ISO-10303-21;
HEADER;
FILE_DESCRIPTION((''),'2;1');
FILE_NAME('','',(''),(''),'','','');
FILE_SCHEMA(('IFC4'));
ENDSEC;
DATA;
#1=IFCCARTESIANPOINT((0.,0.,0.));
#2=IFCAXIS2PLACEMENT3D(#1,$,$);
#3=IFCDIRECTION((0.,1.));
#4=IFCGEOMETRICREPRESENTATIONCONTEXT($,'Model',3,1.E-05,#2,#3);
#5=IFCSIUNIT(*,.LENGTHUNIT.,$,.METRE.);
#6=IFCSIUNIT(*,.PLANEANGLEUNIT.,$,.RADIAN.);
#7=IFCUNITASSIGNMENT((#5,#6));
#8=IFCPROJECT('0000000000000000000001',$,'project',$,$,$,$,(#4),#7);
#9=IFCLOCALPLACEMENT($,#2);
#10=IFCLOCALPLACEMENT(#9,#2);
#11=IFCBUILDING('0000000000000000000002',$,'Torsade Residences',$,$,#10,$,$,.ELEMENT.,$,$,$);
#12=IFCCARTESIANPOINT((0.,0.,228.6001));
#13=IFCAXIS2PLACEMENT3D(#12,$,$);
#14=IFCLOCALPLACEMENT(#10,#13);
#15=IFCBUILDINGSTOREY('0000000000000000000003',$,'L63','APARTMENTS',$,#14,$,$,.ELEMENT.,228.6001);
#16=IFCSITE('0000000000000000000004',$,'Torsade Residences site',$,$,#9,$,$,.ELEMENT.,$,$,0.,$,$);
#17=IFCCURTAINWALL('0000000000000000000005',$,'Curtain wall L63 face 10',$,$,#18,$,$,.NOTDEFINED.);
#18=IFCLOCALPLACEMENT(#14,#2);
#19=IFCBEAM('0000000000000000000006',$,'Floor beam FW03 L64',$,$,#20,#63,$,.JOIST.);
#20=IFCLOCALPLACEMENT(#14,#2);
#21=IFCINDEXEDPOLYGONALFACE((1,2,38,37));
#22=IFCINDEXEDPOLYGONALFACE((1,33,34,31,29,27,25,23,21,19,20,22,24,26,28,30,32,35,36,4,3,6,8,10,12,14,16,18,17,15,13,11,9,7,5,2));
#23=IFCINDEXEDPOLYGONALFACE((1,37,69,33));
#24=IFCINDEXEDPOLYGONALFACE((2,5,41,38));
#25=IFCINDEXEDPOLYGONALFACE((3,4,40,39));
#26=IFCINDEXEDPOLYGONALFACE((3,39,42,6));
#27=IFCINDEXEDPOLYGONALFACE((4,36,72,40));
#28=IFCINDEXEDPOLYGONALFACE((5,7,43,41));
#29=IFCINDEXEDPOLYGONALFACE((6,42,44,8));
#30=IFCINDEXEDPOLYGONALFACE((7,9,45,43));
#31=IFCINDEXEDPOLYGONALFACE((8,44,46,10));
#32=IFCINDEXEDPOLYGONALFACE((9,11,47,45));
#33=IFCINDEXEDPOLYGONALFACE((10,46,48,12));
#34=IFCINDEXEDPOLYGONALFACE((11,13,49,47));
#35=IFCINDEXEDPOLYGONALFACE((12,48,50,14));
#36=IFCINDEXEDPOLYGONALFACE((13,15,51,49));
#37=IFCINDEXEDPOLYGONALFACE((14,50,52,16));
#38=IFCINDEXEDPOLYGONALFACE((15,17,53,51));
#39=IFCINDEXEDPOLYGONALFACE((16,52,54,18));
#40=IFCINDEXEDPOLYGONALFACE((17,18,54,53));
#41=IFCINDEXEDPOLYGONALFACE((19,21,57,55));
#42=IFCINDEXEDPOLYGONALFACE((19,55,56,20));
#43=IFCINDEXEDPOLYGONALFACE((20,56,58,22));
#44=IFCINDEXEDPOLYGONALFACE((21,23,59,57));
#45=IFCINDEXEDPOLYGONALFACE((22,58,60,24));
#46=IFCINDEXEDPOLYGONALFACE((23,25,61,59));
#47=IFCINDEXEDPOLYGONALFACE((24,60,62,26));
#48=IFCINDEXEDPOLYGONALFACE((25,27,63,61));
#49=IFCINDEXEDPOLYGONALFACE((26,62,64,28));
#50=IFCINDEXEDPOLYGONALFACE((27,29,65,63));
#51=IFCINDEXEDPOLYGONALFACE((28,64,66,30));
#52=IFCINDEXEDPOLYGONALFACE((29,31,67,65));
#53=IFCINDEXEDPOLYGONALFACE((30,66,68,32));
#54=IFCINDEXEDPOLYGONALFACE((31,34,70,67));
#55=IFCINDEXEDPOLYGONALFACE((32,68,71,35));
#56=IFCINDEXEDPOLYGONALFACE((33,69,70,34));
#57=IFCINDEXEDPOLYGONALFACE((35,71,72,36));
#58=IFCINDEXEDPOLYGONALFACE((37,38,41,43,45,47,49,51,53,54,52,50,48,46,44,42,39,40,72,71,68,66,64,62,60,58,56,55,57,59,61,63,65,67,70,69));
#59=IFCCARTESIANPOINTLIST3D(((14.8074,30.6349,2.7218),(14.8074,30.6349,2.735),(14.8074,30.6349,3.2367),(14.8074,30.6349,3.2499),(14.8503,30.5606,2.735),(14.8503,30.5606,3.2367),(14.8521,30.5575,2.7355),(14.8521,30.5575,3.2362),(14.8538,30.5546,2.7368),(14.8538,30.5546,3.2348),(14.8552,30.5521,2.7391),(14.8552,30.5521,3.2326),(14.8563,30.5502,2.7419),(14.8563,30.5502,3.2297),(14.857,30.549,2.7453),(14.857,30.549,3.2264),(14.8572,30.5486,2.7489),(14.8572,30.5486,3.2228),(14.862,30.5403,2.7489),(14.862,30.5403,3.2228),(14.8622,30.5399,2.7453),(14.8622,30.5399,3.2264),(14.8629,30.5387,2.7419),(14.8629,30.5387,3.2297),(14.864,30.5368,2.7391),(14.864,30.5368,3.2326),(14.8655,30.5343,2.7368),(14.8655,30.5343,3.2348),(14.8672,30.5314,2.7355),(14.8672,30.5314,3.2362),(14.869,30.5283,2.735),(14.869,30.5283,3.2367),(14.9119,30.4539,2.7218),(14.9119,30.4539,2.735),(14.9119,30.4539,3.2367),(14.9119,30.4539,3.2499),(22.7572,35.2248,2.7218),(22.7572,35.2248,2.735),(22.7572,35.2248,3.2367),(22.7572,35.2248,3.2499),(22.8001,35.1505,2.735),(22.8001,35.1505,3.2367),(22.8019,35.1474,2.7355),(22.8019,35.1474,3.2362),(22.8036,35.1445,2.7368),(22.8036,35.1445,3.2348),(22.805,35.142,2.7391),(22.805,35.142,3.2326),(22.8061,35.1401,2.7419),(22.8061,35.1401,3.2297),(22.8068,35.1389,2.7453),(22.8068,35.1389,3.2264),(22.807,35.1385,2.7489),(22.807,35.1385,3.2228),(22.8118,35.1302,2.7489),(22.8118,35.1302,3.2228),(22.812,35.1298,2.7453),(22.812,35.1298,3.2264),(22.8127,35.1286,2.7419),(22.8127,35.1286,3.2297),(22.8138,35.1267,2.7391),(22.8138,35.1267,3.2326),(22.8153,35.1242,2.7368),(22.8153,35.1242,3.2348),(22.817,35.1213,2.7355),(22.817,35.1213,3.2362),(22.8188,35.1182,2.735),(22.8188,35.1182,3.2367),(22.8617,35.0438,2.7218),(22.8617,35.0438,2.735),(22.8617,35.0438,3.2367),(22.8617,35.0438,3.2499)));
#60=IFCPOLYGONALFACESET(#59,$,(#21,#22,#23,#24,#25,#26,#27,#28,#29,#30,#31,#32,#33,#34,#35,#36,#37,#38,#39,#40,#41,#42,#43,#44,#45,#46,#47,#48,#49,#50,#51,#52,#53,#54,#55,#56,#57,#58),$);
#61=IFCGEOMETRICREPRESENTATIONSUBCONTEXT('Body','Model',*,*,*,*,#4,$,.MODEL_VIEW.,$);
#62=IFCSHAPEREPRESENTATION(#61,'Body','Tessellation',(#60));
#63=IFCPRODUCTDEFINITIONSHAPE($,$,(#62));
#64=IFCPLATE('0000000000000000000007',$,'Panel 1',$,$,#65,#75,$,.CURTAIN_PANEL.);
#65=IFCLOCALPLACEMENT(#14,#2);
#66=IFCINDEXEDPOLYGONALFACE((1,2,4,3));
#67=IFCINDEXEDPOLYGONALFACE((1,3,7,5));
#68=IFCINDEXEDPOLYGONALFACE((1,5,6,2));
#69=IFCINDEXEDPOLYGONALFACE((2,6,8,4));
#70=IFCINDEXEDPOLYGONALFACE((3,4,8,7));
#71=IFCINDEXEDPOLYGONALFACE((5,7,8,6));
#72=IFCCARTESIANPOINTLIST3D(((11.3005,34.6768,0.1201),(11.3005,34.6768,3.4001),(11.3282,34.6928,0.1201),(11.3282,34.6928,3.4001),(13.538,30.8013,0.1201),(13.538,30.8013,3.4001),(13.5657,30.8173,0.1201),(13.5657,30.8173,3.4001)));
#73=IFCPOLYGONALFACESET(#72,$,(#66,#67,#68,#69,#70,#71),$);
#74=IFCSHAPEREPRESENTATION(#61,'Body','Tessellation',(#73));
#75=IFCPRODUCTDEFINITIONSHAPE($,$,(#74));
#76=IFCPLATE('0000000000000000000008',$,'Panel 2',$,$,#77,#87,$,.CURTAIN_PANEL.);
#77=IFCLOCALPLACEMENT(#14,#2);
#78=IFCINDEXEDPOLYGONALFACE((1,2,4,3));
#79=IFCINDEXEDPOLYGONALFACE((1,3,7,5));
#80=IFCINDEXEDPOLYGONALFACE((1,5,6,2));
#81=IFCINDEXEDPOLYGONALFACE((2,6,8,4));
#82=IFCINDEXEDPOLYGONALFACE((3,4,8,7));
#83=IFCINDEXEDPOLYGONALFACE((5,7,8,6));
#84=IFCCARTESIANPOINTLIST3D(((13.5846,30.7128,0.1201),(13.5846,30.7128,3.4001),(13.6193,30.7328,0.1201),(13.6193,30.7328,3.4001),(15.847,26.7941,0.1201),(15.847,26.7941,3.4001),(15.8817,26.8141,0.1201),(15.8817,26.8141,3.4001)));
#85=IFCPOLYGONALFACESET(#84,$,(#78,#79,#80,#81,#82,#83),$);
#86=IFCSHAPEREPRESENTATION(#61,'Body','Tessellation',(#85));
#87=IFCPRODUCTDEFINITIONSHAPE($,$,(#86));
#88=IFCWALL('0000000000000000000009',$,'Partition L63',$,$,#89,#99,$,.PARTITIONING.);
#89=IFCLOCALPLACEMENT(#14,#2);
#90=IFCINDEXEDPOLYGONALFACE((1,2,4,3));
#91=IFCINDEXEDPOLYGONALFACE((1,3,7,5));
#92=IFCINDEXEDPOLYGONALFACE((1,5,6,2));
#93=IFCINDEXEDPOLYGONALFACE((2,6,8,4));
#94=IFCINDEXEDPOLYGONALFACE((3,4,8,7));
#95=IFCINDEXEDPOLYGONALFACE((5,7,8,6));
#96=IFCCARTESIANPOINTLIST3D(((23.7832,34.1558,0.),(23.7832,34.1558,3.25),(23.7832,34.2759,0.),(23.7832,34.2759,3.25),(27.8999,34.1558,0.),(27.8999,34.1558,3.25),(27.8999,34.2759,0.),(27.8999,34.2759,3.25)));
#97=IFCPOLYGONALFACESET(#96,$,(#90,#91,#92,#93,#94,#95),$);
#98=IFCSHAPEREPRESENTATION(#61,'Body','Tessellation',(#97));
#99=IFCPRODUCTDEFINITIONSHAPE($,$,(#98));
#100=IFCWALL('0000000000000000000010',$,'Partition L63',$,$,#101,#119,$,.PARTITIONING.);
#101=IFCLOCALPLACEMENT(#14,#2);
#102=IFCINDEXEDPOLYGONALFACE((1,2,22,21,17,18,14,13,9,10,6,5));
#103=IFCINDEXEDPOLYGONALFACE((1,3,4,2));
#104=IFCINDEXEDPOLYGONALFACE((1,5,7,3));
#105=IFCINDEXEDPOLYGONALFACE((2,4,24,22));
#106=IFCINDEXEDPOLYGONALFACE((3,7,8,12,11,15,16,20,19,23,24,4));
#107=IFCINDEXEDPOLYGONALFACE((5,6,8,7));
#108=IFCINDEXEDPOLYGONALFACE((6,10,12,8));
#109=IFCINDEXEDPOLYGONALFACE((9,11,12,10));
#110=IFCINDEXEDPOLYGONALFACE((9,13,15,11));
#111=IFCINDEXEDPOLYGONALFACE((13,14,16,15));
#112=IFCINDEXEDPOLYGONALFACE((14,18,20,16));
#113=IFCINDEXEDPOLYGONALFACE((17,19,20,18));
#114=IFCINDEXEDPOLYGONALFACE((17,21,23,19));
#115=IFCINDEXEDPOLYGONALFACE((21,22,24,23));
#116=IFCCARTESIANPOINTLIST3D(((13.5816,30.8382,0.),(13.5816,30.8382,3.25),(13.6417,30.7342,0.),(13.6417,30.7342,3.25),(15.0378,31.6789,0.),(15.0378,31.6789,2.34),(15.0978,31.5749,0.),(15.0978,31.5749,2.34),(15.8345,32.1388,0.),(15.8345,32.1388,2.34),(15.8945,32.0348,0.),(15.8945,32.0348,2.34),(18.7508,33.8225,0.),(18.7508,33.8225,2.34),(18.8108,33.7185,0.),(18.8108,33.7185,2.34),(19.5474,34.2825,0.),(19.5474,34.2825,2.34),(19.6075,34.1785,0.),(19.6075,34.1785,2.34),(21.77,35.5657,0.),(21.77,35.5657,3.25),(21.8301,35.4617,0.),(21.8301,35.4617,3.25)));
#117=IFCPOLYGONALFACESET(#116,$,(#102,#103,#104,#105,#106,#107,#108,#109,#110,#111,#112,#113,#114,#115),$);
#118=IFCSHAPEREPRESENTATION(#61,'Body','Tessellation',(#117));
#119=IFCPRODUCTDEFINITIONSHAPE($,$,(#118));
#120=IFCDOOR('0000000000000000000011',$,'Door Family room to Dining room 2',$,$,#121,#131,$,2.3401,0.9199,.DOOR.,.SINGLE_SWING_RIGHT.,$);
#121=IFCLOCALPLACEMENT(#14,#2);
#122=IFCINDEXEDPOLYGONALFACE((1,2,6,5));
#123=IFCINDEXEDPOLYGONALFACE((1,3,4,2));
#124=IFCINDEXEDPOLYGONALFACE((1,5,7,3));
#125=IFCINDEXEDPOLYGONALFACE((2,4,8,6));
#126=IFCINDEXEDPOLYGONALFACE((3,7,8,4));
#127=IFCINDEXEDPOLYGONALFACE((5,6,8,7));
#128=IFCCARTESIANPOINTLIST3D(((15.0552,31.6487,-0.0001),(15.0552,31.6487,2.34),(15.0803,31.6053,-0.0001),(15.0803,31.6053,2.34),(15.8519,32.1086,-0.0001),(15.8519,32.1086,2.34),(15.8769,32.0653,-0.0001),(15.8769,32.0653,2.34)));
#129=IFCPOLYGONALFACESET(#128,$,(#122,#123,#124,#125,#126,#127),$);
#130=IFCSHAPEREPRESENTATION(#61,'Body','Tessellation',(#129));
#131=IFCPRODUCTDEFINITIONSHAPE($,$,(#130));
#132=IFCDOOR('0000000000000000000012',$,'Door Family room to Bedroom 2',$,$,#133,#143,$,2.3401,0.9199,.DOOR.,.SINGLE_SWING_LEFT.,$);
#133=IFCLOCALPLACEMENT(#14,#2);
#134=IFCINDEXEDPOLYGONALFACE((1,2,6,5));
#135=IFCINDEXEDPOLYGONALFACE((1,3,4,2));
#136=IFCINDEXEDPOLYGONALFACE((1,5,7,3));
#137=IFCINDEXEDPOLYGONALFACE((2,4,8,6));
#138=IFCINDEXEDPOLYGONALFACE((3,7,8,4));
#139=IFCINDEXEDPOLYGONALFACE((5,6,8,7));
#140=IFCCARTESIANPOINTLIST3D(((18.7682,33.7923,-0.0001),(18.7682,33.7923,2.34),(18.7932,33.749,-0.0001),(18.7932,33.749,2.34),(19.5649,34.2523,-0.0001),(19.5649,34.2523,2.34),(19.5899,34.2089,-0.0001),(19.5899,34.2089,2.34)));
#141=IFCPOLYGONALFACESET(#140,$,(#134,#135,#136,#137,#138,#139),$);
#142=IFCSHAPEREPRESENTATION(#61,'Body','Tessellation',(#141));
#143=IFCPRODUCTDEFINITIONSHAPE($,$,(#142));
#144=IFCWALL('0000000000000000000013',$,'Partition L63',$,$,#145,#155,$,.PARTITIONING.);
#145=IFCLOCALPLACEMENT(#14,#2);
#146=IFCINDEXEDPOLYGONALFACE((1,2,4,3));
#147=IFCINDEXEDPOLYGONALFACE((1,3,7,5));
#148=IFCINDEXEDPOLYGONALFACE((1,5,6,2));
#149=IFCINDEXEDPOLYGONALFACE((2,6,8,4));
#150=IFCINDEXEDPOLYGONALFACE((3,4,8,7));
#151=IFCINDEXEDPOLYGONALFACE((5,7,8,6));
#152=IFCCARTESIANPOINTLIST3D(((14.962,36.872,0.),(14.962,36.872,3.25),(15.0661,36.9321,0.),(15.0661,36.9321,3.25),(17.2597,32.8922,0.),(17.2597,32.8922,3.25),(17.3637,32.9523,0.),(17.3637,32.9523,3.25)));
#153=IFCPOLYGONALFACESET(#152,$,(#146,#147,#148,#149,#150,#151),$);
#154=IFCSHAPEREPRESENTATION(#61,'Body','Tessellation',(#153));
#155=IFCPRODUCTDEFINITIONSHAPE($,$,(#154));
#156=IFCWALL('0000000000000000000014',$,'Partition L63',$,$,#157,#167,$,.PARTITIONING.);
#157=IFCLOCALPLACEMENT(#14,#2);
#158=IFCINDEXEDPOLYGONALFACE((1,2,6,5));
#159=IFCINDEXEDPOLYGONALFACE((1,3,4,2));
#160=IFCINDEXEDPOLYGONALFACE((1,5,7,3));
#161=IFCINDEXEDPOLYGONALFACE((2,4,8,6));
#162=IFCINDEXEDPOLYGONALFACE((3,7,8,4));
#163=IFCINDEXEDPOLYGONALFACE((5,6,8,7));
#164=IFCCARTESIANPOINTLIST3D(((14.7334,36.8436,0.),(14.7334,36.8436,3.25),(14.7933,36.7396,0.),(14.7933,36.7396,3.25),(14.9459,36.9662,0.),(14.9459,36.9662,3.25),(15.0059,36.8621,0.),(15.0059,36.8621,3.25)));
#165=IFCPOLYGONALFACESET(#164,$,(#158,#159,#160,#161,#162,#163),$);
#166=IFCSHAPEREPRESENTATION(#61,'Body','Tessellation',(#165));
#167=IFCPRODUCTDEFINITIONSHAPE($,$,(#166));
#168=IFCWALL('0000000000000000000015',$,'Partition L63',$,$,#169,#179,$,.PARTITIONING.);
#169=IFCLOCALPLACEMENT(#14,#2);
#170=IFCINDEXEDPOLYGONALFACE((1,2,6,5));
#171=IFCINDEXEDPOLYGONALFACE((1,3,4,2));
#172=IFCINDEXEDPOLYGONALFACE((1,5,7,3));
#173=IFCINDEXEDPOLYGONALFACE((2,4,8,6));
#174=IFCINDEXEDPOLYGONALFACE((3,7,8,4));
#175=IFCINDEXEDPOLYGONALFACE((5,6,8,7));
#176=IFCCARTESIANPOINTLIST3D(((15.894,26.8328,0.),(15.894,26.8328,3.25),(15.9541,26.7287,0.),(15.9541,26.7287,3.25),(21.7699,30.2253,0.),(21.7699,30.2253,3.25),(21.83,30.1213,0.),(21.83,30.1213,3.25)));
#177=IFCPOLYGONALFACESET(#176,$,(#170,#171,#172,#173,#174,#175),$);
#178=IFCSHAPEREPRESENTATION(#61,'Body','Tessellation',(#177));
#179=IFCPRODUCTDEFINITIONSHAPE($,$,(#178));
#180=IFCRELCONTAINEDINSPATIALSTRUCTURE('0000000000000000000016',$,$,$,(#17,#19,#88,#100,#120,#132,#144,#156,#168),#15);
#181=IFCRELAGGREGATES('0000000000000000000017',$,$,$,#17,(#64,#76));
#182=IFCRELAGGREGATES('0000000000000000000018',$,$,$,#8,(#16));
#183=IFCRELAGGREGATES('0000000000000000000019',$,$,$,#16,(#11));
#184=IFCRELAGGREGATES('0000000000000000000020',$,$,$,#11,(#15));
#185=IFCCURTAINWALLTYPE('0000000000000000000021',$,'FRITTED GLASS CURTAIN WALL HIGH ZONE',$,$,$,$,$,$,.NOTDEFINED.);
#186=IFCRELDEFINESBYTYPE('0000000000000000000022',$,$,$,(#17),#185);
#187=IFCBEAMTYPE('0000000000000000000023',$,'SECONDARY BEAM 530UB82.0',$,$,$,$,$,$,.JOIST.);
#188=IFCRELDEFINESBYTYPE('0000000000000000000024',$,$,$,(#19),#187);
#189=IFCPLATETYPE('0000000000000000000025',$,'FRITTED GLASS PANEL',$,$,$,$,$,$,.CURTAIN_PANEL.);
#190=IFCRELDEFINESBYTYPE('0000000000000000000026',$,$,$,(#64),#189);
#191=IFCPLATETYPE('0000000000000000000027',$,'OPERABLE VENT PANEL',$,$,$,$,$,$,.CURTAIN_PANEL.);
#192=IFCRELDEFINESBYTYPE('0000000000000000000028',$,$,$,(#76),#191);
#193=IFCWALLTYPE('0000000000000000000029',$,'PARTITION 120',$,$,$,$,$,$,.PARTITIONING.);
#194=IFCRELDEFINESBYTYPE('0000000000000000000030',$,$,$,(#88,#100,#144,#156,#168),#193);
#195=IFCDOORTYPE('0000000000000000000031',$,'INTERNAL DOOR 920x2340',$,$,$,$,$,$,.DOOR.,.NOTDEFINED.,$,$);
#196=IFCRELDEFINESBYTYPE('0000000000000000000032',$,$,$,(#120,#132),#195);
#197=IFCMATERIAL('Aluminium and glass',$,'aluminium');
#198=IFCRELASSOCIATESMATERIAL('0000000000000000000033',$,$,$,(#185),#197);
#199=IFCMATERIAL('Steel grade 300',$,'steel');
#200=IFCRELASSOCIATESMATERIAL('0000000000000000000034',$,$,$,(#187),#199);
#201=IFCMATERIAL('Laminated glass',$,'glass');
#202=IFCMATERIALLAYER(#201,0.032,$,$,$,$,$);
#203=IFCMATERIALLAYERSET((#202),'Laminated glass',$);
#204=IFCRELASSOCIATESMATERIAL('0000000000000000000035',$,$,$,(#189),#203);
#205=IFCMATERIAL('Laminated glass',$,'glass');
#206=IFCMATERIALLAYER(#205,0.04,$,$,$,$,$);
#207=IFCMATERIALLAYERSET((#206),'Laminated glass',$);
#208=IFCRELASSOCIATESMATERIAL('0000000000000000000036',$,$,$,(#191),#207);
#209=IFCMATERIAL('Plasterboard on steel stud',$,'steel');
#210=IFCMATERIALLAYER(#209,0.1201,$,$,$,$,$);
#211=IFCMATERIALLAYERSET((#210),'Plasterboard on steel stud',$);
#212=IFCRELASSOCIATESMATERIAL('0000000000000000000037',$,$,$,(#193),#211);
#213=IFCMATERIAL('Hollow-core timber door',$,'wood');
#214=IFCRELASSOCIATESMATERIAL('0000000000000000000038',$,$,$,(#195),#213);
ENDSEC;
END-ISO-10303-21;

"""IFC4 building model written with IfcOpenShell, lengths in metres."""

from ifc_helpers import new_model, si_unit, direction, frame, frame_2d, origin, origin_2d, place, context, subcontext, project, spatial, rectangle, i_section, extrude, material, layer, layer_set, material_profile, profile_set, type_object, element, fill, aggregate, save


model = new_model("IFC4")

# Units and contexts
model_context = context("Model", 3, precision=1e-05, world=origin(), true_north=direction((0.0, 1.0)))
body_context = subcontext(model_context, "Body", "Model", "MODEL_VIEW")
ifc_project = project(units=[si_unit("LENGTHUNIT", "METRE"), si_unit("PLANEANGLEUNIT", "RADIAN")], contexts=[model_context])

# Site, building, storey
site_placement = place(None, origin())
site = spatial("IfcSite", under=ifc_project, at=site_placement, Name="Torsade Residences site", CompositionType="ELEMENT", RefElevation=0.0)
building_placement = place(site_placement, origin())
building = spatial("IfcBuilding", under=site, at=building_placement, Name="Torsade Residences", CompositionType="ELEMENT")
storey_placement = place(building_placement, frame((0.0, 0.0, 228.6001)))
storey = spatial("IfcBuildingStorey", under=building, at=storey_placement, Name="L63", Description="APARTMENTS", CompositionType="ELEMENT", Elevation=228.6001)

# Curtain wall
ifc_material_1 = material(Name="Aluminium and glass", Category="aluminium")
curtain_wall_type = type_object("IfcCurtainWallType", Name="FRITTED GLASS CURTAIN WALL HIGH ZONE", PredefinedType="NOTDEFINED", material=ifc_material_1)
curtain_wall_placement = place(storey_placement, origin())
curtain_wall = element("IfcCurtainWall", 1, at=curtain_wall_placement, inside=storey, type_object=curtain_wall_type, Name="Curtain wall L63 face 10", PredefinedType="NOTDEFINED")

# Beam
ifc_material_2 = material(Name="Steel grade 300", Category="steel")
ifc_material_profile_1 = material_profile(ifc_material_2, i_section(OverallWidth=0.209, OverallDepth=0.5281, WebThickness=0.0095, FlangeThickness=0.0132, FilletRadius=0.0139, at=origin_2d()), Name="530UB82.0")
ifc_profile_set_1 = profile_set([ifc_material_profile_1], Name="Steel grade 300")
beam_type_1 = type_object("IfcBeamType", Name="SECONDARY BEAM 530UB82.0", PredefinedType="JOIST", material=ifc_profile_set_1)
beam_1_placement = place(storey_placement, frame((14.8596, 30.5444, 2.9858), z_axis=(0.866022, 0.500006, 0.0), x_axis=(-0.500006, 0.866022, 0.0)))
element("IfcBeam", 2, at=beam_1_placement, inside=storey, type_object=beam_type_1, Name="Floor beam FW03 L64", PredefinedType="JOIST", context=body_context, shape_type="SweptSolid", body=[
    extrude(i_section(OverallWidth=0.209, OverallDepth=0.5281, WebThickness=0.0095, FlangeThickness=0.0132, FilletRadius=0.0139, at=origin_2d()), origin(), (0.0, 0.0, 1.0), 9.1797),
])

# Plates
ifc_material_3 = material(Name="Laminated glass", Category="glass")
ifc_layer_1 = layer(ifc_material_3, 0.032)
ifc_layer_set_1 = layer_set([ifc_layer_1], Name="Laminated glass")
plate_type_1 = type_object("IfcPlateType", Name="FRITTED GLASS PANEL", PredefinedType="CURTAIN_PANEL", material=ifc_layer_set_1)
plate_1_placement = place(storey_placement, frame((12.4331, 32.7471, 0.1201), z_axis=(0.0, 0.0, 1.0), x_axis=(0.5, -0.866025, 0.0)))
plate_1 = element("IfcPlate", 3, at=plate_1_placement, type_object=plate_type_1, Name="Panel 1", PredefinedType="CURTAIN_PANEL", context=body_context, shape_type="SweptSolid", body=[
    extrude(rectangle(XDim=4.4751, YDim=0.032, at=origin_2d()), origin(), (0.0, 0.0, 1.0), 3.28),
])
ifc_material_4 = material(Name="Laminated glass", Category="glass")
ifc_layer_2 = layer(ifc_material_4, 0.04)
ifc_layer_set_2 = layer_set([ifc_layer_2], Name="Laminated glass")
plate_type_2 = type_object("IfcPlateType", Name="OPERABLE VENT PANEL", PredefinedType="CURTAIN_PANEL", material=ifc_layer_set_2)
plate_2_placement = place(storey_placement, frame((14.7332, 28.7634, 0.1201), z_axis=(0.0, 0.0, 1.0), x_axis=(0.5, -0.866025, 0.0)))
plate_2 = element("IfcPlate", 4, at=plate_2_placement, type_object=plate_type_2, Name="Panel 2", PredefinedType="CURTAIN_PANEL", context=body_context, shape_type="SweptSolid", body=[
    extrude(rectangle(XDim=4.5249, YDim=0.04, at=origin_2d()), origin(), (0.0, 0.0, 1.0), 3.28),
])
aggregate(curtain_wall, [plate_1, plate_2])

# Wall
ifc_material_5 = material(Name="Plasterboard on steel stud", Category="steel")
ifc_layer_3 = layer(ifc_material_5, 0.1201)
ifc_layer_set_3 = layer_set([ifc_layer_3], Name="Plasterboard on steel stud")
wall_type_1 = type_object("IfcWallType", Name="PARTITION 120", PredefinedType="PARTITIONING", material=ifc_layer_set_3)
wall_1_placement = place(storey_placement, frame((23.7832, 34.2158, 0.0), z_axis=(0.0, 0.0, 1.0), x_axis=(1.0, 0.0, 0.0)))
element("IfcWall", 5, at=wall_1_placement, inside=storey, type_object=wall_type_1, Name="Partition L63", PredefinedType="PARTITIONING", context=body_context, shape_type="SweptSolid", body=[
    extrude(rectangle(XDim=4.1167, YDim=0.1201, at=frame_2d((2.0583, 0.0))), origin(), (0.0, 0.0, 1.0), 3.25),
])

# Wall, openings, doors
wall_2_placement = place(storey_placement, frame((21.8, 35.5137, 0.0), z_axis=(0.0, 0.0, 1.0), x_axis=(-0.866029, -0.499994, 0.0)))
wall_2 = element("IfcWall", 6, at=wall_2_placement, inside=storey, type_object=wall_type_1, Name="Partition L63", PredefinedType="PARTITIONING", context=body_context, shape_type="SweptSolid", body=[
    extrude(rectangle(XDim=9.4551, YDim=0.1201, at=frame_2d((4.7275, 0.0))), origin(), (0.0, 0.0, 1.0), 3.25),
])
opening_1_placement = place(wall_2_placement, frame((6.8538, 0.0, 0.0)))
opening_1 = element("IfcOpeningElement", 7, at=opening_1_placement, cuts=wall_2, PredefinedType="OPENING", context=body_context, shape_type="SweptSolid", body=[
    extrude(rectangle(XDim=0.9199, YDim=2.3401, at=frame_2d((0.46, 1.1699))), frame((0.0, 0.0701, 0.0), z_axis=(0.0, -1.0, 0.0), x_axis=(1.0, 0.0, 0.0)), (0.0, 0.0, 1.0), 0.1401),
])
opening_2_placement = place(wall_2_placement, frame((2.5664, 0.0, 0.0)))
opening_2 = element("IfcOpeningElement", 8, at=opening_2_placement, cuts=wall_2, PredefinedType="OPENING", context=body_context, shape_type="SweptSolid", body=[
    extrude(rectangle(XDim=0.9199, YDim=2.3401, at=frame_2d((0.46, 1.1699))), frame((0.0, 0.0701, 0.0), z_axis=(0.0, -1.0, 0.0), x_axis=(1.0, 0.0, 0.0)), (0.0, 0.0, 1.0), 0.1401),
])
ifc_material_6 = material(Name="Hollow-core timber door", Category="wood")
door_type = type_object("IfcDoorType", Name="INTERNAL DOOR 920x2340", OperationType="NOTDEFINED", PredefinedType="DOOR", material=ifc_material_6)
door_1_placement = place(opening_1_placement, origin())
door_1 = element("IfcDoor", 9, at=door_1_placement, inside=storey, type_object=door_type, Name="Door Family room to Dining room 2", OperationType="SINGLE_SWING_RIGHT", OverallHeight=2.3401, OverallWidth=0.9199, PredefinedType="DOOR", context=body_context, shape_type="SweptSolid", body=[
    extrude(rectangle(XDim=0.9199, YDim=2.3401, at=frame_2d((0.46, 1.1699))), frame((0.0, 0.0249, 0.0), z_axis=(0.0, -1.0, 0.0), x_axis=(1.0, 0.0, 0.0)), (0.0, 0.0, 1.0), 0.05),
])
fill(opening_1, door_1)
door_2_placement = place(opening_2_placement, origin())
door_2 = element("IfcDoor", 10, at=door_2_placement, inside=storey, type_object=door_type, Name="Door Family room to Bedroom 2", OperationType="SINGLE_SWING_LEFT", OverallHeight=2.3401, OverallWidth=0.9199, PredefinedType="DOOR", context=body_context, shape_type="SweptSolid", body=[
    extrude(rectangle(XDim=0.9199, YDim=2.3401, at=frame_2d((0.46, 1.1699))), frame((0.0, 0.0249, 0.0), z_axis=(0.0, -1.0, 0.0), x_axis=(1.0, 0.0, 0.0)), (0.0, 0.0, 1.0), 0.05),
])
fill(opening_2, door_2)

# Walls
wall_3_placement = place(storey_placement, frame((17.3118, 32.9221, 0.0), z_axis=(0.0, 0.0, 1.0), x_axis=(-0.499985, 0.866034, 0.0)))
element("IfcWall", 11, at=wall_3_placement, inside=storey, type_object=wall_type_1, Name="Partition L63", PredefinedType="PARTITIONING", context=body_context, shape_type="SweptSolid", body=[
    extrude(rectangle(XDim=4.5955, YDim=0.1201, at=frame_2d((2.2979, 0.0))), origin(), (0.0, 0.0, 1.0), 3.25),
])
wall_4_placement = place(storey_placement, frame((14.9758, 36.9141, 0.0), z_axis=(0.0, 0.0, 1.0), x_axis=(-0.866401, -0.499349, 0.0)))
element("IfcWall", 12, at=wall_4_placement, inside=storey, type_object=wall_type_1, Name="Partition L63", PredefinedType="PARTITIONING", context=body_context, shape_type="SweptSolid", body=[
    extrude(rectangle(XDim=0.2454, YDim=0.1201, at=frame_2d((0.1226, 0.0))), origin(), (0.0, 0.0, 1.0), 3.25),
])
wall_5_placement = place(storey_placement, frame((21.8, 30.1733, 0.0), z_axis=(0.0, 0.0, 1.0), x_axis=(-0.86602, -0.500009, 0.0)))
element("IfcWall", 13, at=wall_5_placement, inside=storey, type_object=wall_type_1, Name="Partition L63", PredefinedType="PARTITIONING", context=body_context, shape_type="SweptSolid", body=[
    extrude(rectangle(XDim=6.7849, YDim=0.1201, at=frame_2d((3.3926, 0.0))), origin(), (0.0, 0.0, 1.0), 3.25),
])

save(model, "model.ifc")
